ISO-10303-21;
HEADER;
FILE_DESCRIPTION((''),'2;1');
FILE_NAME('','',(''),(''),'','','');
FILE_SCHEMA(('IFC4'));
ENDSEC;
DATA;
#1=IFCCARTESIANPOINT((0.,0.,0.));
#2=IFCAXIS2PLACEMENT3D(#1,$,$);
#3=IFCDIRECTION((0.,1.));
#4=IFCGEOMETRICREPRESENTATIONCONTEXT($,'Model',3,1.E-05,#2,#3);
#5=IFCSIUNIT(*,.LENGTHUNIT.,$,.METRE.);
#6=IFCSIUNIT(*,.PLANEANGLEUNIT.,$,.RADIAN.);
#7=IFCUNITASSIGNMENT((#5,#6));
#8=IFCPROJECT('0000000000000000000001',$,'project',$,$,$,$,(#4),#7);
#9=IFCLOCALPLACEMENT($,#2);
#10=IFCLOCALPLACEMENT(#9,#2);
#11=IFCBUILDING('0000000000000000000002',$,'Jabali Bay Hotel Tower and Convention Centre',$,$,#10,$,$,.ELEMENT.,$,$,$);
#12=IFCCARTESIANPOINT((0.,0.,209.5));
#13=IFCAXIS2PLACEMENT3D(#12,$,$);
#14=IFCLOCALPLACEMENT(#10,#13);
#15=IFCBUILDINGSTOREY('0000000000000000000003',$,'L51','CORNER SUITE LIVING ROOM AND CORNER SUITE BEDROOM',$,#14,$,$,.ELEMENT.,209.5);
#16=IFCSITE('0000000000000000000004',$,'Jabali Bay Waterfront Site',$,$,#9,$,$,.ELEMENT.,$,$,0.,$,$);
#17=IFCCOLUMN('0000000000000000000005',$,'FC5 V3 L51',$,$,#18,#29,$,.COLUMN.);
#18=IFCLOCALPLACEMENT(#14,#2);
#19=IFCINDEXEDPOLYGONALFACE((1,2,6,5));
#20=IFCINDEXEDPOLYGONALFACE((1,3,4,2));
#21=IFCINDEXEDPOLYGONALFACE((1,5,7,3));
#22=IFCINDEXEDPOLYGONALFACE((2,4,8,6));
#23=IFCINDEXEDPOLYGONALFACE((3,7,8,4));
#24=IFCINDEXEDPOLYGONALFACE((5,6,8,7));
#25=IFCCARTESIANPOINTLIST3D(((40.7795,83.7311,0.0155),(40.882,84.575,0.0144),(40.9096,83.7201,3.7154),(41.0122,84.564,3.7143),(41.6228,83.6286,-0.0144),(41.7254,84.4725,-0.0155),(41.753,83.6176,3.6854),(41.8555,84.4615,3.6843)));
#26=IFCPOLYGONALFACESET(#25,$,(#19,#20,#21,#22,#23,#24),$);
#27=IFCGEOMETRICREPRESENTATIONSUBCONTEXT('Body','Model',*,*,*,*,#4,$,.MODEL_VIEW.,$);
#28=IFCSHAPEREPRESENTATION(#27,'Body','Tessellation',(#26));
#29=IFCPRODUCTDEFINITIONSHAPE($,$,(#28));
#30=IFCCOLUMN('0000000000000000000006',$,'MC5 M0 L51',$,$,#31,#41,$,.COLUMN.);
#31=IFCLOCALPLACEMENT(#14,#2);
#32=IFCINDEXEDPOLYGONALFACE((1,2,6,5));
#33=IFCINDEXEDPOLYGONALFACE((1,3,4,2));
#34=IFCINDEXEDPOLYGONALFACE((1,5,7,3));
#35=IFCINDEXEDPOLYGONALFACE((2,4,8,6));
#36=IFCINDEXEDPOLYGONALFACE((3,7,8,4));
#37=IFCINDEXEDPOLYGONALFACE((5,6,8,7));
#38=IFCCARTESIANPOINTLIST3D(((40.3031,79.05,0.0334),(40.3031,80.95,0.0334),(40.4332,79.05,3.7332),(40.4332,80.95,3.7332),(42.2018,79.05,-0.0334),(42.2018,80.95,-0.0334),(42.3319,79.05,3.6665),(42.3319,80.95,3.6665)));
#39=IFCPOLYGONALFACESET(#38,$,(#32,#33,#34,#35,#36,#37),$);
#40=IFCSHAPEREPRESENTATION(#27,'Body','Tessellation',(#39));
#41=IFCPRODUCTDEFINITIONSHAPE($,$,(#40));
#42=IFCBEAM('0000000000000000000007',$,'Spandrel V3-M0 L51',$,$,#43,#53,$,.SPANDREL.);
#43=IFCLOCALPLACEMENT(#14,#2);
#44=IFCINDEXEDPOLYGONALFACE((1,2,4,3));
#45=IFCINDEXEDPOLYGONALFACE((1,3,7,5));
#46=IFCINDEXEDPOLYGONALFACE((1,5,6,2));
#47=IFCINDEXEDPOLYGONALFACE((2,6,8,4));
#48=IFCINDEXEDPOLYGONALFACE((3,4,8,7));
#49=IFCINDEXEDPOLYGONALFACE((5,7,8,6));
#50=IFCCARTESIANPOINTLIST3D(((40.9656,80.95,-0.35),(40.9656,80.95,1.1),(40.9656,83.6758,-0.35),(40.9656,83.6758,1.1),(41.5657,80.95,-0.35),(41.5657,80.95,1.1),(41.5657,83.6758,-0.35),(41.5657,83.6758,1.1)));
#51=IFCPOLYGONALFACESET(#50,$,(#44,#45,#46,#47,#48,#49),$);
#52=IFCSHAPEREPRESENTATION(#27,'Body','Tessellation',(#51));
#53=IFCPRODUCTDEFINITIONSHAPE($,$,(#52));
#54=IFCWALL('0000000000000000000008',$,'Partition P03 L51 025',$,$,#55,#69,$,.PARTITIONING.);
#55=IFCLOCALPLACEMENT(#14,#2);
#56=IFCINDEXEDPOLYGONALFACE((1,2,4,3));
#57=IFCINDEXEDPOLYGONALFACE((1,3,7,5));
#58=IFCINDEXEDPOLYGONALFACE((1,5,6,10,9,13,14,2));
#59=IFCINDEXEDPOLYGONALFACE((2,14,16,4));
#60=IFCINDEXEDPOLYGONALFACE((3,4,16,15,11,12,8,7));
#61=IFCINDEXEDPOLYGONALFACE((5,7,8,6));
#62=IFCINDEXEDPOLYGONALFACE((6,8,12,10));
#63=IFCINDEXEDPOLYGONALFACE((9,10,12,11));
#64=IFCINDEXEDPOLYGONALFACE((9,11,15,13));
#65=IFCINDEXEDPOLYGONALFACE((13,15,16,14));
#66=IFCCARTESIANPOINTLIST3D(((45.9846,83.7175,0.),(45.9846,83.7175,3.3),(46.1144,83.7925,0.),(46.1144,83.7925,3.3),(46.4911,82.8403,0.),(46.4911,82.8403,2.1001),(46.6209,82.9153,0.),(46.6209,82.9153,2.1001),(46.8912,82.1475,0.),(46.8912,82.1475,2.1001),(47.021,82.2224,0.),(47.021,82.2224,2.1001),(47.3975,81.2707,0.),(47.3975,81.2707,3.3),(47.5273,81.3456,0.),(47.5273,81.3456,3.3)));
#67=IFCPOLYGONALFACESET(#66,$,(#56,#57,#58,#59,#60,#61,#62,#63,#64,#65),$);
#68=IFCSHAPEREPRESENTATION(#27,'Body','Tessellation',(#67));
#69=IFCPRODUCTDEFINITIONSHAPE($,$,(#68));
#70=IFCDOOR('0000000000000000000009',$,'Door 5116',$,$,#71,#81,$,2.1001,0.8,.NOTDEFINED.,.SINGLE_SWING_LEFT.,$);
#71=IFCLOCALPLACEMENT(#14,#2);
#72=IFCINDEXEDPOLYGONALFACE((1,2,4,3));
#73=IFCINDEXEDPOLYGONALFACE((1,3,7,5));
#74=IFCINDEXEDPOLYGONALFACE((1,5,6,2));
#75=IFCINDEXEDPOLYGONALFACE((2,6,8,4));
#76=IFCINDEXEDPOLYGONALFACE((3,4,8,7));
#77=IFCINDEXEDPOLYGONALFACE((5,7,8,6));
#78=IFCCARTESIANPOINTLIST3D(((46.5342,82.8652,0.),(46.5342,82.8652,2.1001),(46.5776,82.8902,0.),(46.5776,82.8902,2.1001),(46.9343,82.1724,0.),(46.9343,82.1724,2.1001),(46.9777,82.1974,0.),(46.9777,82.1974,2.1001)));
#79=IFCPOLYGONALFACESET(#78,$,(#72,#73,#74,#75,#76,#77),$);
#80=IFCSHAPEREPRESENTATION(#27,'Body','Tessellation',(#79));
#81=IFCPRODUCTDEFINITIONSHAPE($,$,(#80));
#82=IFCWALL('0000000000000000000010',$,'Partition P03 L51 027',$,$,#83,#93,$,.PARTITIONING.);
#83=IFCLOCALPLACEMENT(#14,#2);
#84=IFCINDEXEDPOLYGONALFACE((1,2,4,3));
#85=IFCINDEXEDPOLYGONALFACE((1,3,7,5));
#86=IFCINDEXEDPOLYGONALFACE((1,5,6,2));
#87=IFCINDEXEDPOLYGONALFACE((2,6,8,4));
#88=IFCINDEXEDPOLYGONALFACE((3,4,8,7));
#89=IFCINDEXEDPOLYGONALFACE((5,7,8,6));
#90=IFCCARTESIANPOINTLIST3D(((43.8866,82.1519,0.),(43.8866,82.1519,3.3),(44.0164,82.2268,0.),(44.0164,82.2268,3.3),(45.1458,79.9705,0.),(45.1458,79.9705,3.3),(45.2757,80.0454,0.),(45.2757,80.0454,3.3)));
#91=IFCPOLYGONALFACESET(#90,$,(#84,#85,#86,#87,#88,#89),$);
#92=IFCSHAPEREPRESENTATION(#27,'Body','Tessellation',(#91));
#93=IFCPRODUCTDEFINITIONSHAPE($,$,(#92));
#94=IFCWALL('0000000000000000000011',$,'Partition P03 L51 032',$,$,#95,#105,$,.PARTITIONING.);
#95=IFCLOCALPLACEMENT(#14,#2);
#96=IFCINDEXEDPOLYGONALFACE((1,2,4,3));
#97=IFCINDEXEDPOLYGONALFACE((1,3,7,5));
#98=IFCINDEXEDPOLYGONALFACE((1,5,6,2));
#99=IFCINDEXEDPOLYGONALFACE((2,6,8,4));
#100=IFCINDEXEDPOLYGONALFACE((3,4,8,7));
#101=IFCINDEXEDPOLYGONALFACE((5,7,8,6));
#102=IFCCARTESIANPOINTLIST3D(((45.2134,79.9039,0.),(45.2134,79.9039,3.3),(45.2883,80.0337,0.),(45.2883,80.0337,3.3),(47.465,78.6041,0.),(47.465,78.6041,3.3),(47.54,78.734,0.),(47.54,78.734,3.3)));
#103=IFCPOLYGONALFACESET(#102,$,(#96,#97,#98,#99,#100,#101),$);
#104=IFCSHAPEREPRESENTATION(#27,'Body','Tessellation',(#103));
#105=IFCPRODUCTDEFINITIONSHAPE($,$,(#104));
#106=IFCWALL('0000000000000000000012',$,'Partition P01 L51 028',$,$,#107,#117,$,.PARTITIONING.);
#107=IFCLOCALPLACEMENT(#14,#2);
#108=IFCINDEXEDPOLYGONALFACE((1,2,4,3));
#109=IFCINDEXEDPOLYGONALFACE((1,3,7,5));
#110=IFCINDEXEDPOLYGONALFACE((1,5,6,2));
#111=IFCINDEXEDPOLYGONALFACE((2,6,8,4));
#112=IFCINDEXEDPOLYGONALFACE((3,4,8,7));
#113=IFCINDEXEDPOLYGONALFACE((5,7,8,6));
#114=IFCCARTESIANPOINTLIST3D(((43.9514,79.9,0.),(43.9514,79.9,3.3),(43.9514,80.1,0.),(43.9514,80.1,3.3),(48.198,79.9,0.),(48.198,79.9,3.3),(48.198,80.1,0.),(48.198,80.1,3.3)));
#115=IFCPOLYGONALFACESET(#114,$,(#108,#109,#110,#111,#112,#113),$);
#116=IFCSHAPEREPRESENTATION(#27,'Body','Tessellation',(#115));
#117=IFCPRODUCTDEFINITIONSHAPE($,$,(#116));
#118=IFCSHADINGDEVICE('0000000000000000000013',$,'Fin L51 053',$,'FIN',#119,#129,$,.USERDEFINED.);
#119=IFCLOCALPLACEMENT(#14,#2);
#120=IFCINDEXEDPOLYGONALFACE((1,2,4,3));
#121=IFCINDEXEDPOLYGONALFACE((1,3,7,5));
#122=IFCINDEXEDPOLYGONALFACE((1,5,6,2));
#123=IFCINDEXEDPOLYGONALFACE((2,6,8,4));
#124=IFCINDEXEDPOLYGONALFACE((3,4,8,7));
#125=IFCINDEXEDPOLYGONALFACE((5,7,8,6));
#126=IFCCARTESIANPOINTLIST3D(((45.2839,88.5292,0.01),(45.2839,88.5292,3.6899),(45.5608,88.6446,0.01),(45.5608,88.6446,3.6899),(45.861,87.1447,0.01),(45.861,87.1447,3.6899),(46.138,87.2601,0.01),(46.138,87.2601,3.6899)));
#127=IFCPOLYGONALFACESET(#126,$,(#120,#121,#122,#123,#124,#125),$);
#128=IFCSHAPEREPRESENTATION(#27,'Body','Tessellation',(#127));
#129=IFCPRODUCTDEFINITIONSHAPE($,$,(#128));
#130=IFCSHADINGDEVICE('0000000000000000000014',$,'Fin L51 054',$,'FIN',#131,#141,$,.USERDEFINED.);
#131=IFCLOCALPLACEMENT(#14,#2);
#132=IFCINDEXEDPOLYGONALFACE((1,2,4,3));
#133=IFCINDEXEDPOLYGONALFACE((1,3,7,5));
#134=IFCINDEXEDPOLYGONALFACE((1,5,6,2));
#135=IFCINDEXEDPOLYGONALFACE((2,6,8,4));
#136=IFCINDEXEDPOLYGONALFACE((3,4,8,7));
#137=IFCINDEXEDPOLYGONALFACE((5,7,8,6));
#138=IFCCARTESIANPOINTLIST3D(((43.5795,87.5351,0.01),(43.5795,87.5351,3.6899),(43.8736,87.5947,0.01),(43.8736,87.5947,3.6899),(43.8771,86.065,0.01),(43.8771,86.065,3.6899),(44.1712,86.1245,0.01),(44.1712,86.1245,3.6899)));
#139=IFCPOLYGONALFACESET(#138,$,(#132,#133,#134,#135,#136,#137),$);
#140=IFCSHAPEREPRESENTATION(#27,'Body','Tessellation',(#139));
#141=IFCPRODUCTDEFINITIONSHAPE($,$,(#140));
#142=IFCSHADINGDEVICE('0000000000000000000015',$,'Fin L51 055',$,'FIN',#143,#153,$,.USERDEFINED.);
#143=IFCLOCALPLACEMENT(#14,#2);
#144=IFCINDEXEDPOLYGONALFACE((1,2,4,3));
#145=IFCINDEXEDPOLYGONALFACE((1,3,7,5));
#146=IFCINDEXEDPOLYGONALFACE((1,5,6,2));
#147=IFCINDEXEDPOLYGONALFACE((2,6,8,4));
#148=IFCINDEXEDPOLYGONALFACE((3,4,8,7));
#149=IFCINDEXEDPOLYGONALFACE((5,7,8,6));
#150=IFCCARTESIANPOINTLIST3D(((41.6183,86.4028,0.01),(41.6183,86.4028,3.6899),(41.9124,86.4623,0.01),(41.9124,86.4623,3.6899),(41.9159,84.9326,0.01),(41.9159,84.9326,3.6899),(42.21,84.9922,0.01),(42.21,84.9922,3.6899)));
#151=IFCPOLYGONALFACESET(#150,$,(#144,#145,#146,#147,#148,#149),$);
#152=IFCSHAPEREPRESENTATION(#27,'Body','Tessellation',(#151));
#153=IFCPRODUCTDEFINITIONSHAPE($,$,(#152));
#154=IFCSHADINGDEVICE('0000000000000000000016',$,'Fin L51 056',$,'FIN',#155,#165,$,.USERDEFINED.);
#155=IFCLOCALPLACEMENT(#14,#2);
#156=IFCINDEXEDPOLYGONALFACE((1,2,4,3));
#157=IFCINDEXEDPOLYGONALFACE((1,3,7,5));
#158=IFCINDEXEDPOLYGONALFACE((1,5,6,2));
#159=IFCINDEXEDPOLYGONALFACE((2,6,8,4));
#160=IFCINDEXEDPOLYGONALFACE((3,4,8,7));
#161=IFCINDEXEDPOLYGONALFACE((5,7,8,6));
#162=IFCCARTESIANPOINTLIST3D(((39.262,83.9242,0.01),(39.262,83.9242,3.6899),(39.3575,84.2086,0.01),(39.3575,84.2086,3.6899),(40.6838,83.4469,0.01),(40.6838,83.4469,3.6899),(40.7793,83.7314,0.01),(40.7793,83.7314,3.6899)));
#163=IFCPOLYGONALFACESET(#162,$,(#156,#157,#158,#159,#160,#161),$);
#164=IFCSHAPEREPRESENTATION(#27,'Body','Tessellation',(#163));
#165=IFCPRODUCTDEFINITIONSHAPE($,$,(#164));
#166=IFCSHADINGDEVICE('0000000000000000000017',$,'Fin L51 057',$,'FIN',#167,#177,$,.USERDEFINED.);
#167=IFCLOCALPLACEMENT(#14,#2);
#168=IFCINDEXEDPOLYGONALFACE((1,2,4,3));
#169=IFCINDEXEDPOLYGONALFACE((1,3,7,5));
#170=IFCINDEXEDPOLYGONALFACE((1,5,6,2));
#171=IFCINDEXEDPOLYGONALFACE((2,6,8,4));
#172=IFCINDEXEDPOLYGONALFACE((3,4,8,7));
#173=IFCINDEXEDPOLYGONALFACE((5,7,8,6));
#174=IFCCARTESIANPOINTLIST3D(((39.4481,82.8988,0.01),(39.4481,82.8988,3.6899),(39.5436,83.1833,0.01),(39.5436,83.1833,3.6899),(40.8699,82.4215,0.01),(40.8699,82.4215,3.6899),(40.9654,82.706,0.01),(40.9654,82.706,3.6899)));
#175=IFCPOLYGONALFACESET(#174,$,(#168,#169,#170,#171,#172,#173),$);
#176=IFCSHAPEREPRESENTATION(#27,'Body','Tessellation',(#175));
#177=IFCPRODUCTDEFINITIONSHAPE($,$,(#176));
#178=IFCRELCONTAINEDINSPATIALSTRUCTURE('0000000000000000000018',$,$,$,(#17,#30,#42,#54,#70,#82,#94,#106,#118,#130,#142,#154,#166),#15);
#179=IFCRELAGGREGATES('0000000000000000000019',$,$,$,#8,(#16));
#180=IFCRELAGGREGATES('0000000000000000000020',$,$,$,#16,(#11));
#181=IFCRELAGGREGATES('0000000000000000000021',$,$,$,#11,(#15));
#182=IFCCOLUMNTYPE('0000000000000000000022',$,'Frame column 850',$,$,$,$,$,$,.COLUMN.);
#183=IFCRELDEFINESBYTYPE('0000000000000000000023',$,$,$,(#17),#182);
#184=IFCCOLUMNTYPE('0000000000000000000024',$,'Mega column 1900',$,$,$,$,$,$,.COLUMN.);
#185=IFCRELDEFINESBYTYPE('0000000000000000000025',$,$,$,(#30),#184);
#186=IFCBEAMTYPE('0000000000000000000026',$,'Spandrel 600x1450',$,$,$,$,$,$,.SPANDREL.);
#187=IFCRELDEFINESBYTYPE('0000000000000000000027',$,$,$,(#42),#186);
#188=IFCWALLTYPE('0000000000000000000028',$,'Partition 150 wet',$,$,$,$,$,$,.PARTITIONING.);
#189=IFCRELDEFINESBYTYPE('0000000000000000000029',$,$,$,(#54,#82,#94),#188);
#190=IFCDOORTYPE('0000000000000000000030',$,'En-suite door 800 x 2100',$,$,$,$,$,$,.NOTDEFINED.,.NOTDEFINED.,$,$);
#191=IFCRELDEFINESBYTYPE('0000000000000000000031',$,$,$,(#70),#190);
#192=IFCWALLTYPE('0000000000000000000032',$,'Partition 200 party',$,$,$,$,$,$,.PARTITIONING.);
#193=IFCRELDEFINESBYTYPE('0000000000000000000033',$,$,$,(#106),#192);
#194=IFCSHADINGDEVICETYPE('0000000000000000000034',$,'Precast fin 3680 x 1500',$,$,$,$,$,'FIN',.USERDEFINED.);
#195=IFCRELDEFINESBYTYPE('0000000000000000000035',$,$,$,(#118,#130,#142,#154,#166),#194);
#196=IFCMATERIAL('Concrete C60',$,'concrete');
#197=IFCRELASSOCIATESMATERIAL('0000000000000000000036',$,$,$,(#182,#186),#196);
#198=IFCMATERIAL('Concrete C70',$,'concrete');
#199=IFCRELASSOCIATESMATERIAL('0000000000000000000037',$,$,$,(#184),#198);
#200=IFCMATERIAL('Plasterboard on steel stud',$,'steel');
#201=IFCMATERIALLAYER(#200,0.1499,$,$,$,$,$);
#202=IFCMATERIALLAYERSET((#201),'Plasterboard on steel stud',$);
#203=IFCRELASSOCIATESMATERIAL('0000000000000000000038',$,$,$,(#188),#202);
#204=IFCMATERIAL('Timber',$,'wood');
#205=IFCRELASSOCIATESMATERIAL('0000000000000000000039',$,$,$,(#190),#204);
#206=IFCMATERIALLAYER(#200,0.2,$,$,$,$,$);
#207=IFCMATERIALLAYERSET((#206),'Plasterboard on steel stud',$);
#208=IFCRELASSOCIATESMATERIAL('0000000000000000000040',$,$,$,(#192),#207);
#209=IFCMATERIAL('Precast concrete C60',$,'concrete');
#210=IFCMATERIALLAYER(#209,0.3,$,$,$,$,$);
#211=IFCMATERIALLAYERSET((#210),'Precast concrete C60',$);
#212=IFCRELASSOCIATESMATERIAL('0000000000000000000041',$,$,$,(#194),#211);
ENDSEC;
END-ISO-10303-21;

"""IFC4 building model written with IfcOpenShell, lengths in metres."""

from ifc_helpers import new_model, si_unit, direction, frame, frame_2d, origin, origin_2d, place, context, subcontext, project, spatial, rectangle, extrude, material, layer, layer_set, material_profile, profile_set, type_object, element, fill, save


model = new_model("IFC4")

# Units and contexts
model_context = context("Model", 3, precision=1e-05, world=origin(), true_north=direction((0.0, 1.0)))
body_context = subcontext(model_context, "Body", "Model", "MODEL_VIEW")
ifc_project = project(units=[si_unit("LENGTHUNIT", "METRE"), si_unit("PLANEANGLEUNIT", "RADIAN")], contexts=[model_context])

# Site, building, storey
site_placement = place(None, origin())
site = spatial("IfcSite", under=ifc_project, at=site_placement, Name="Jabali Bay Waterfront Site", CompositionType="ELEMENT", RefElevation=0.0)
building_placement = place(site_placement, origin())
building = spatial("IfcBuilding", under=site, at=building_placement, Name="Jabali Bay Hotel Tower and Convention Centre", CompositionType="ELEMENT")
storey_placement = place(building_placement, frame((0.0, 0.0, 209.5)))
storey = spatial("IfcBuildingStorey", under=building, at=storey_placement, Name="L51", Description="CORNER SUITE LIVING ROOM AND CORNER SUITE BEDROOM", CompositionType="ELEMENT", Elevation=209.5)

# Columns
ifc_material_1 = material(Name="Concrete C60", Category="concrete")
ifc_material_profile_1 = material_profile(ifc_material_1, rectangle(XDim=0.8501, YDim=0.8501, at=origin_2d()), Name="Frame column 850")
ifc_profile_set_1 = profile_set([ifc_material_profile_1], Name="Concrete C60")
column_type_1 = type_object("IfcColumnType", Name="Frame column 850", PredefinedType="COLUMN", material=ifc_profile_set_1)
column_1_placement = place(storey_placement, frame((41.2524, 84.1018, 0.0), z_axis=(0.035148, -0.002967, 0.999378), x_axis=(-0.992075, 0.120604, 0.035249)))
element("IfcColumn", 1, at=column_1_placement, inside=storey, type_object=column_type_1, Name="FC5 V3 L51", PredefinedType="COLUMN", context=body_context, shape_type="SweptSolid", body=[
    extrude(rectangle(XDim=0.8501, YDim=0.8501, at=origin_2d()), origin(), (0.0, 0.0, 1.0), 3.7021),
])
ifc_material_2 = material(Name="Concrete C70", Category="concrete")
ifc_material_profile_2 = material_profile(ifc_material_2, rectangle(XDim=1.8999, YDim=1.8999, at=origin_2d()), Name="Mega column 1900")
ifc_profile_set_2 = profile_set([ifc_material_profile_2], Name="Concrete C70")
column_type_2 = type_object("IfcColumnType", Name="Mega column 1900", PredefinedType="COLUMN", material=ifc_profile_set_2)
column_2_placement = place(storey_placement, frame((41.2524, 80.0, 0.0), z_axis=(0.035148, 0.0, 0.999382), x_axis=(0.0, 1.0, 0.0)))
element("IfcColumn", 2, at=column_2_placement, inside=storey, type_object=column_type_2, Name="MC5 M0 L51", PredefinedType="COLUMN", context=body_context, shape_type="SweptSolid", body=[
    extrude(rectangle(XDim=1.8999, YDim=1.8999, at=origin_2d()), origin(), (0.0, 0.0, 1.0), 3.7021),
])

# Beam
ifc_material_profile_3 = material_profile(ifc_material_1, rectangle(XDim=0.6001, YDim=1.45, at=origin_2d()), Name="Spandrel 600x1450")
ifc_profile_set_3 = profile_set([ifc_material_profile_3], Name="Concrete C60")
beam_type = type_object("IfcBeamType", Name="Spandrel 600x1450", PredefinedType="SPANDREL", material=ifc_profile_set_3)
beam_placement = place(storey_placement, frame((41.2656, 83.6758, 0.375), z_axis=(0.0, -1.0, 0.0), x_axis=(1.0, 0.0, 0.0)))
element("IfcBeam", 3, at=beam_placement, inside=storey, type_object=beam_type, Name="Spandrel V3-M0 L51", PredefinedType="SPANDREL", context=body_context, shape_type="SweptSolid", body=[
    extrude(rectangle(XDim=0.6001, YDim=1.45, at=origin_2d()), origin(), (0.0, 0.0, 1.0), 2.7258),
])

# Wall, opening, door
ifc_material_3 = material(Name="Plasterboard on steel stud", Category="steel")
ifc_layer_1 = layer(ifc_material_3, 0.1499)
ifc_layer_set_1 = layer_set([ifc_layer_1], Name="Plasterboard on steel stud")
wall_type_1 = type_object("IfcWallType", Name="Partition 150 wet", PredefinedType="PARTITIONING", material=ifc_layer_set_1)
wall_1_placement = place(storey_placement, frame((46.0496, 83.7549, 0.0), z_axis=(0.0, 0.0, 1.0), x_axis=(0.500052, -0.865996, 0.0)))
wall_1 = element("IfcWall", 4, at=wall_1_placement, inside=storey, type_object=wall_type_1, Name="Partition P03 L51 025", PredefinedType="PARTITIONING", context=body_context, shape_type="SweptSolid", body=[
    extrude(rectangle(XDim=2.8254, YDim=0.1499, at=frame_2d((1.4126, 0.0))), origin(), (0.0, 0.0, 1.0), 3.3),
])
opening_1_placement = place(wall_1_placement, frame((1.0129, 0.0, 0.0)))
opening_1 = element("IfcOpeningElement", 5, at=opening_1_placement, cuts=wall_1, PredefinedType="OPENING", context=body_context, shape_type="SweptSolid", body=[
    extrude(rectangle(XDim=0.8, YDim=2.1001, at=frame_2d((0.3999, 1.05))), frame((0.0, 0.0854, 0.0), z_axis=(0.0, -1.0, 0.0), x_axis=(1.0, 0.0, 0.0)), (0.0, 0.0, 1.0), 0.1709),
])
ifc_material_4 = material(Name="Timber", Category="wood")
door_type_1 = type_object("IfcDoorType", Name="En-suite door 800 x 2100", OperationType="NOTDEFINED", PredefinedType="NOTDEFINED", material=ifc_material_4)
door_1_placement = place(opening_1_placement, origin())
door_1 = element("IfcDoor", 6, at=door_1_placement, inside=storey, type_object=door_type_1, Name="Door 5116", OperationType="SINGLE_SWING_LEFT", OverallHeight=2.1001, OverallWidth=0.8, PredefinedType="NOTDEFINED", context=body_context, shape_type="SweptSolid", body=[
    extrude(rectangle(XDim=0.8, YDim=2.1001, at=frame_2d((0.3999, 1.05))), frame((0.0, 0.0249, 0.0), z_axis=(0.0, -1.0, 0.0), x_axis=(1.0, 0.0, 0.0)), (0.0, 0.0, 1.0), 0.05),
])
fill(opening_1, door_1)

# Walls
wall_2_placement = place(storey_placement, frame((45.2107, 80.0081, 0.0), z_axis=(0.0, 0.0, 1.0), x_axis=(-0.499955, 0.866052, 0.0)))
element("IfcWall", 7, at=wall_2_placement, inside=storey, type_object=wall_type_1, Name="Partition P03 L51 027", PredefinedType="PARTITIONING", context=body_context, shape_type="SweptSolid", body=[
    extrude(rectangle(XDim=2.5188, YDim=0.1499, at=frame_2d((1.2593, 0.0))), origin(), (0.0, 0.0, 1.0), 3.3),
])
wall_3_placement = place(storey_placement, frame((45.251, 79.9688, 0.0), z_axis=(0.0, 0.0, 1.0), x_axis=(0.866062, -0.499937, 0.0)))
element("IfcWall", 8, at=wall_3_placement, inside=storey, type_object=wall_type_1, Name="Partition P03 L51 032", PredefinedType="PARTITIONING", context=body_context, shape_type="SweptSolid", body=[
    extrude(rectangle(XDim=2.5999, YDim=0.1499, at=frame_2d((1.2998, 0.0))), origin(), (0.0, 0.0, 1.0), 3.3),
])
ifc_layer_2 = layer(ifc_material_3, 0.2)
ifc_layer_set_2 = layer_set([ifc_layer_2], Name="Plasterboard on steel stud")
wall_type_2 = type_object("IfcWallType", Name="Partition 200 party", PredefinedType="PARTITIONING", material=ifc_layer_set_2)
wall_4_placement = place(storey_placement, frame((43.9514, 80.0, 0.0), z_axis=(0.0, 0.0, 1.0), x_axis=(1.0, 0.0, 0.0)))
element("IfcWall", 9, at=wall_4_placement, inside=storey, type_object=wall_type_2, Name="Partition P01 L51 028", PredefinedType="PARTITIONING", context=body_context, shape_type="SweptSolid", body=[
    extrude(rectangle(XDim=4.2466, YDim=0.2, at=frame_2d((2.1233, 0.0))), origin(), (0.0, 0.0, 1.0), 3.3),
])

# Shading devices
ifc_material_5 = material(Name="Precast concrete C60", Category="concrete")
ifc_layer_3 = layer(ifc_material_5, 0.3)
ifc_layer_set_3 = layer_set([ifc_layer_3], Name="Precast concrete C60")
shading_device_type = type_object("IfcShadingDeviceType", Name="Precast fin 3680 x 1500", ElementType="FIN", PredefinedType="USERDEFINED", material=ifc_layer_set_3)
for number, where, z_axis, x_axis, name in (
    (10, (45.9995, 87.2024, 0.01), (0.0, 0.0, 1.0), (-0.384766, 0.923014, 0.0), "Fin L51 053"),
    (11, (44.0242, 86.0947, 0.01), (0.0, 0.0, 1.0), (-0.1984, 0.980121, 0.0), "Fin L51 054"),
    (12, (42.063, 84.9624, 0.01), (0.0, 0.0, 1.0), (-0.1984, 0.980121, 0.0), "Fin L51 055"),
):
    element("IfcShadingDevice", number, at=place(storey_placement, frame(where, z_axis=z_axis, x_axis=x_axis)), inside=storey, type_object=shading_device_type, Name=name, ObjectType="FIN", PredefinedType="USERDEFINED", context=body_context, shape_type="SweptSolid", body=[
        extrude(rectangle(XDim=1.5, YDim=0.3, at=frame_2d((0.75, 0.0))), origin(), (0.0, 0.0, 1.0), 3.6799),
    ])
for number, where, z_axis, x_axis, name in (
    (13, (40.7317, 83.5891, 0.01), (0.0, 0.0, 1.0), (-0.948014, 0.318229, 0.0), "Fin L51 056"),
    (14, (40.9177, 82.5637, 0.01), (0.0, 0.0, 1.0), (-0.948014, 0.318229, 0.0), "Fin L51 057"),
):
    element("IfcShadingDevice", number, at=place(storey_placement, frame(where, z_axis=z_axis, x_axis=x_axis)), inside=storey, type_object=shading_device_type, Name=name, ObjectType="FIN", PredefinedType="USERDEFINED", context=body_context, shape_type="SweptSolid", body=[
        extrude(rectangle(XDim=1.4998, YDim=0.3, at=frame_2d((0.75, 0.0))), origin(), (0.0, 0.0, 1.0), 3.6799),
    ])

save(model, "model.ifc")
